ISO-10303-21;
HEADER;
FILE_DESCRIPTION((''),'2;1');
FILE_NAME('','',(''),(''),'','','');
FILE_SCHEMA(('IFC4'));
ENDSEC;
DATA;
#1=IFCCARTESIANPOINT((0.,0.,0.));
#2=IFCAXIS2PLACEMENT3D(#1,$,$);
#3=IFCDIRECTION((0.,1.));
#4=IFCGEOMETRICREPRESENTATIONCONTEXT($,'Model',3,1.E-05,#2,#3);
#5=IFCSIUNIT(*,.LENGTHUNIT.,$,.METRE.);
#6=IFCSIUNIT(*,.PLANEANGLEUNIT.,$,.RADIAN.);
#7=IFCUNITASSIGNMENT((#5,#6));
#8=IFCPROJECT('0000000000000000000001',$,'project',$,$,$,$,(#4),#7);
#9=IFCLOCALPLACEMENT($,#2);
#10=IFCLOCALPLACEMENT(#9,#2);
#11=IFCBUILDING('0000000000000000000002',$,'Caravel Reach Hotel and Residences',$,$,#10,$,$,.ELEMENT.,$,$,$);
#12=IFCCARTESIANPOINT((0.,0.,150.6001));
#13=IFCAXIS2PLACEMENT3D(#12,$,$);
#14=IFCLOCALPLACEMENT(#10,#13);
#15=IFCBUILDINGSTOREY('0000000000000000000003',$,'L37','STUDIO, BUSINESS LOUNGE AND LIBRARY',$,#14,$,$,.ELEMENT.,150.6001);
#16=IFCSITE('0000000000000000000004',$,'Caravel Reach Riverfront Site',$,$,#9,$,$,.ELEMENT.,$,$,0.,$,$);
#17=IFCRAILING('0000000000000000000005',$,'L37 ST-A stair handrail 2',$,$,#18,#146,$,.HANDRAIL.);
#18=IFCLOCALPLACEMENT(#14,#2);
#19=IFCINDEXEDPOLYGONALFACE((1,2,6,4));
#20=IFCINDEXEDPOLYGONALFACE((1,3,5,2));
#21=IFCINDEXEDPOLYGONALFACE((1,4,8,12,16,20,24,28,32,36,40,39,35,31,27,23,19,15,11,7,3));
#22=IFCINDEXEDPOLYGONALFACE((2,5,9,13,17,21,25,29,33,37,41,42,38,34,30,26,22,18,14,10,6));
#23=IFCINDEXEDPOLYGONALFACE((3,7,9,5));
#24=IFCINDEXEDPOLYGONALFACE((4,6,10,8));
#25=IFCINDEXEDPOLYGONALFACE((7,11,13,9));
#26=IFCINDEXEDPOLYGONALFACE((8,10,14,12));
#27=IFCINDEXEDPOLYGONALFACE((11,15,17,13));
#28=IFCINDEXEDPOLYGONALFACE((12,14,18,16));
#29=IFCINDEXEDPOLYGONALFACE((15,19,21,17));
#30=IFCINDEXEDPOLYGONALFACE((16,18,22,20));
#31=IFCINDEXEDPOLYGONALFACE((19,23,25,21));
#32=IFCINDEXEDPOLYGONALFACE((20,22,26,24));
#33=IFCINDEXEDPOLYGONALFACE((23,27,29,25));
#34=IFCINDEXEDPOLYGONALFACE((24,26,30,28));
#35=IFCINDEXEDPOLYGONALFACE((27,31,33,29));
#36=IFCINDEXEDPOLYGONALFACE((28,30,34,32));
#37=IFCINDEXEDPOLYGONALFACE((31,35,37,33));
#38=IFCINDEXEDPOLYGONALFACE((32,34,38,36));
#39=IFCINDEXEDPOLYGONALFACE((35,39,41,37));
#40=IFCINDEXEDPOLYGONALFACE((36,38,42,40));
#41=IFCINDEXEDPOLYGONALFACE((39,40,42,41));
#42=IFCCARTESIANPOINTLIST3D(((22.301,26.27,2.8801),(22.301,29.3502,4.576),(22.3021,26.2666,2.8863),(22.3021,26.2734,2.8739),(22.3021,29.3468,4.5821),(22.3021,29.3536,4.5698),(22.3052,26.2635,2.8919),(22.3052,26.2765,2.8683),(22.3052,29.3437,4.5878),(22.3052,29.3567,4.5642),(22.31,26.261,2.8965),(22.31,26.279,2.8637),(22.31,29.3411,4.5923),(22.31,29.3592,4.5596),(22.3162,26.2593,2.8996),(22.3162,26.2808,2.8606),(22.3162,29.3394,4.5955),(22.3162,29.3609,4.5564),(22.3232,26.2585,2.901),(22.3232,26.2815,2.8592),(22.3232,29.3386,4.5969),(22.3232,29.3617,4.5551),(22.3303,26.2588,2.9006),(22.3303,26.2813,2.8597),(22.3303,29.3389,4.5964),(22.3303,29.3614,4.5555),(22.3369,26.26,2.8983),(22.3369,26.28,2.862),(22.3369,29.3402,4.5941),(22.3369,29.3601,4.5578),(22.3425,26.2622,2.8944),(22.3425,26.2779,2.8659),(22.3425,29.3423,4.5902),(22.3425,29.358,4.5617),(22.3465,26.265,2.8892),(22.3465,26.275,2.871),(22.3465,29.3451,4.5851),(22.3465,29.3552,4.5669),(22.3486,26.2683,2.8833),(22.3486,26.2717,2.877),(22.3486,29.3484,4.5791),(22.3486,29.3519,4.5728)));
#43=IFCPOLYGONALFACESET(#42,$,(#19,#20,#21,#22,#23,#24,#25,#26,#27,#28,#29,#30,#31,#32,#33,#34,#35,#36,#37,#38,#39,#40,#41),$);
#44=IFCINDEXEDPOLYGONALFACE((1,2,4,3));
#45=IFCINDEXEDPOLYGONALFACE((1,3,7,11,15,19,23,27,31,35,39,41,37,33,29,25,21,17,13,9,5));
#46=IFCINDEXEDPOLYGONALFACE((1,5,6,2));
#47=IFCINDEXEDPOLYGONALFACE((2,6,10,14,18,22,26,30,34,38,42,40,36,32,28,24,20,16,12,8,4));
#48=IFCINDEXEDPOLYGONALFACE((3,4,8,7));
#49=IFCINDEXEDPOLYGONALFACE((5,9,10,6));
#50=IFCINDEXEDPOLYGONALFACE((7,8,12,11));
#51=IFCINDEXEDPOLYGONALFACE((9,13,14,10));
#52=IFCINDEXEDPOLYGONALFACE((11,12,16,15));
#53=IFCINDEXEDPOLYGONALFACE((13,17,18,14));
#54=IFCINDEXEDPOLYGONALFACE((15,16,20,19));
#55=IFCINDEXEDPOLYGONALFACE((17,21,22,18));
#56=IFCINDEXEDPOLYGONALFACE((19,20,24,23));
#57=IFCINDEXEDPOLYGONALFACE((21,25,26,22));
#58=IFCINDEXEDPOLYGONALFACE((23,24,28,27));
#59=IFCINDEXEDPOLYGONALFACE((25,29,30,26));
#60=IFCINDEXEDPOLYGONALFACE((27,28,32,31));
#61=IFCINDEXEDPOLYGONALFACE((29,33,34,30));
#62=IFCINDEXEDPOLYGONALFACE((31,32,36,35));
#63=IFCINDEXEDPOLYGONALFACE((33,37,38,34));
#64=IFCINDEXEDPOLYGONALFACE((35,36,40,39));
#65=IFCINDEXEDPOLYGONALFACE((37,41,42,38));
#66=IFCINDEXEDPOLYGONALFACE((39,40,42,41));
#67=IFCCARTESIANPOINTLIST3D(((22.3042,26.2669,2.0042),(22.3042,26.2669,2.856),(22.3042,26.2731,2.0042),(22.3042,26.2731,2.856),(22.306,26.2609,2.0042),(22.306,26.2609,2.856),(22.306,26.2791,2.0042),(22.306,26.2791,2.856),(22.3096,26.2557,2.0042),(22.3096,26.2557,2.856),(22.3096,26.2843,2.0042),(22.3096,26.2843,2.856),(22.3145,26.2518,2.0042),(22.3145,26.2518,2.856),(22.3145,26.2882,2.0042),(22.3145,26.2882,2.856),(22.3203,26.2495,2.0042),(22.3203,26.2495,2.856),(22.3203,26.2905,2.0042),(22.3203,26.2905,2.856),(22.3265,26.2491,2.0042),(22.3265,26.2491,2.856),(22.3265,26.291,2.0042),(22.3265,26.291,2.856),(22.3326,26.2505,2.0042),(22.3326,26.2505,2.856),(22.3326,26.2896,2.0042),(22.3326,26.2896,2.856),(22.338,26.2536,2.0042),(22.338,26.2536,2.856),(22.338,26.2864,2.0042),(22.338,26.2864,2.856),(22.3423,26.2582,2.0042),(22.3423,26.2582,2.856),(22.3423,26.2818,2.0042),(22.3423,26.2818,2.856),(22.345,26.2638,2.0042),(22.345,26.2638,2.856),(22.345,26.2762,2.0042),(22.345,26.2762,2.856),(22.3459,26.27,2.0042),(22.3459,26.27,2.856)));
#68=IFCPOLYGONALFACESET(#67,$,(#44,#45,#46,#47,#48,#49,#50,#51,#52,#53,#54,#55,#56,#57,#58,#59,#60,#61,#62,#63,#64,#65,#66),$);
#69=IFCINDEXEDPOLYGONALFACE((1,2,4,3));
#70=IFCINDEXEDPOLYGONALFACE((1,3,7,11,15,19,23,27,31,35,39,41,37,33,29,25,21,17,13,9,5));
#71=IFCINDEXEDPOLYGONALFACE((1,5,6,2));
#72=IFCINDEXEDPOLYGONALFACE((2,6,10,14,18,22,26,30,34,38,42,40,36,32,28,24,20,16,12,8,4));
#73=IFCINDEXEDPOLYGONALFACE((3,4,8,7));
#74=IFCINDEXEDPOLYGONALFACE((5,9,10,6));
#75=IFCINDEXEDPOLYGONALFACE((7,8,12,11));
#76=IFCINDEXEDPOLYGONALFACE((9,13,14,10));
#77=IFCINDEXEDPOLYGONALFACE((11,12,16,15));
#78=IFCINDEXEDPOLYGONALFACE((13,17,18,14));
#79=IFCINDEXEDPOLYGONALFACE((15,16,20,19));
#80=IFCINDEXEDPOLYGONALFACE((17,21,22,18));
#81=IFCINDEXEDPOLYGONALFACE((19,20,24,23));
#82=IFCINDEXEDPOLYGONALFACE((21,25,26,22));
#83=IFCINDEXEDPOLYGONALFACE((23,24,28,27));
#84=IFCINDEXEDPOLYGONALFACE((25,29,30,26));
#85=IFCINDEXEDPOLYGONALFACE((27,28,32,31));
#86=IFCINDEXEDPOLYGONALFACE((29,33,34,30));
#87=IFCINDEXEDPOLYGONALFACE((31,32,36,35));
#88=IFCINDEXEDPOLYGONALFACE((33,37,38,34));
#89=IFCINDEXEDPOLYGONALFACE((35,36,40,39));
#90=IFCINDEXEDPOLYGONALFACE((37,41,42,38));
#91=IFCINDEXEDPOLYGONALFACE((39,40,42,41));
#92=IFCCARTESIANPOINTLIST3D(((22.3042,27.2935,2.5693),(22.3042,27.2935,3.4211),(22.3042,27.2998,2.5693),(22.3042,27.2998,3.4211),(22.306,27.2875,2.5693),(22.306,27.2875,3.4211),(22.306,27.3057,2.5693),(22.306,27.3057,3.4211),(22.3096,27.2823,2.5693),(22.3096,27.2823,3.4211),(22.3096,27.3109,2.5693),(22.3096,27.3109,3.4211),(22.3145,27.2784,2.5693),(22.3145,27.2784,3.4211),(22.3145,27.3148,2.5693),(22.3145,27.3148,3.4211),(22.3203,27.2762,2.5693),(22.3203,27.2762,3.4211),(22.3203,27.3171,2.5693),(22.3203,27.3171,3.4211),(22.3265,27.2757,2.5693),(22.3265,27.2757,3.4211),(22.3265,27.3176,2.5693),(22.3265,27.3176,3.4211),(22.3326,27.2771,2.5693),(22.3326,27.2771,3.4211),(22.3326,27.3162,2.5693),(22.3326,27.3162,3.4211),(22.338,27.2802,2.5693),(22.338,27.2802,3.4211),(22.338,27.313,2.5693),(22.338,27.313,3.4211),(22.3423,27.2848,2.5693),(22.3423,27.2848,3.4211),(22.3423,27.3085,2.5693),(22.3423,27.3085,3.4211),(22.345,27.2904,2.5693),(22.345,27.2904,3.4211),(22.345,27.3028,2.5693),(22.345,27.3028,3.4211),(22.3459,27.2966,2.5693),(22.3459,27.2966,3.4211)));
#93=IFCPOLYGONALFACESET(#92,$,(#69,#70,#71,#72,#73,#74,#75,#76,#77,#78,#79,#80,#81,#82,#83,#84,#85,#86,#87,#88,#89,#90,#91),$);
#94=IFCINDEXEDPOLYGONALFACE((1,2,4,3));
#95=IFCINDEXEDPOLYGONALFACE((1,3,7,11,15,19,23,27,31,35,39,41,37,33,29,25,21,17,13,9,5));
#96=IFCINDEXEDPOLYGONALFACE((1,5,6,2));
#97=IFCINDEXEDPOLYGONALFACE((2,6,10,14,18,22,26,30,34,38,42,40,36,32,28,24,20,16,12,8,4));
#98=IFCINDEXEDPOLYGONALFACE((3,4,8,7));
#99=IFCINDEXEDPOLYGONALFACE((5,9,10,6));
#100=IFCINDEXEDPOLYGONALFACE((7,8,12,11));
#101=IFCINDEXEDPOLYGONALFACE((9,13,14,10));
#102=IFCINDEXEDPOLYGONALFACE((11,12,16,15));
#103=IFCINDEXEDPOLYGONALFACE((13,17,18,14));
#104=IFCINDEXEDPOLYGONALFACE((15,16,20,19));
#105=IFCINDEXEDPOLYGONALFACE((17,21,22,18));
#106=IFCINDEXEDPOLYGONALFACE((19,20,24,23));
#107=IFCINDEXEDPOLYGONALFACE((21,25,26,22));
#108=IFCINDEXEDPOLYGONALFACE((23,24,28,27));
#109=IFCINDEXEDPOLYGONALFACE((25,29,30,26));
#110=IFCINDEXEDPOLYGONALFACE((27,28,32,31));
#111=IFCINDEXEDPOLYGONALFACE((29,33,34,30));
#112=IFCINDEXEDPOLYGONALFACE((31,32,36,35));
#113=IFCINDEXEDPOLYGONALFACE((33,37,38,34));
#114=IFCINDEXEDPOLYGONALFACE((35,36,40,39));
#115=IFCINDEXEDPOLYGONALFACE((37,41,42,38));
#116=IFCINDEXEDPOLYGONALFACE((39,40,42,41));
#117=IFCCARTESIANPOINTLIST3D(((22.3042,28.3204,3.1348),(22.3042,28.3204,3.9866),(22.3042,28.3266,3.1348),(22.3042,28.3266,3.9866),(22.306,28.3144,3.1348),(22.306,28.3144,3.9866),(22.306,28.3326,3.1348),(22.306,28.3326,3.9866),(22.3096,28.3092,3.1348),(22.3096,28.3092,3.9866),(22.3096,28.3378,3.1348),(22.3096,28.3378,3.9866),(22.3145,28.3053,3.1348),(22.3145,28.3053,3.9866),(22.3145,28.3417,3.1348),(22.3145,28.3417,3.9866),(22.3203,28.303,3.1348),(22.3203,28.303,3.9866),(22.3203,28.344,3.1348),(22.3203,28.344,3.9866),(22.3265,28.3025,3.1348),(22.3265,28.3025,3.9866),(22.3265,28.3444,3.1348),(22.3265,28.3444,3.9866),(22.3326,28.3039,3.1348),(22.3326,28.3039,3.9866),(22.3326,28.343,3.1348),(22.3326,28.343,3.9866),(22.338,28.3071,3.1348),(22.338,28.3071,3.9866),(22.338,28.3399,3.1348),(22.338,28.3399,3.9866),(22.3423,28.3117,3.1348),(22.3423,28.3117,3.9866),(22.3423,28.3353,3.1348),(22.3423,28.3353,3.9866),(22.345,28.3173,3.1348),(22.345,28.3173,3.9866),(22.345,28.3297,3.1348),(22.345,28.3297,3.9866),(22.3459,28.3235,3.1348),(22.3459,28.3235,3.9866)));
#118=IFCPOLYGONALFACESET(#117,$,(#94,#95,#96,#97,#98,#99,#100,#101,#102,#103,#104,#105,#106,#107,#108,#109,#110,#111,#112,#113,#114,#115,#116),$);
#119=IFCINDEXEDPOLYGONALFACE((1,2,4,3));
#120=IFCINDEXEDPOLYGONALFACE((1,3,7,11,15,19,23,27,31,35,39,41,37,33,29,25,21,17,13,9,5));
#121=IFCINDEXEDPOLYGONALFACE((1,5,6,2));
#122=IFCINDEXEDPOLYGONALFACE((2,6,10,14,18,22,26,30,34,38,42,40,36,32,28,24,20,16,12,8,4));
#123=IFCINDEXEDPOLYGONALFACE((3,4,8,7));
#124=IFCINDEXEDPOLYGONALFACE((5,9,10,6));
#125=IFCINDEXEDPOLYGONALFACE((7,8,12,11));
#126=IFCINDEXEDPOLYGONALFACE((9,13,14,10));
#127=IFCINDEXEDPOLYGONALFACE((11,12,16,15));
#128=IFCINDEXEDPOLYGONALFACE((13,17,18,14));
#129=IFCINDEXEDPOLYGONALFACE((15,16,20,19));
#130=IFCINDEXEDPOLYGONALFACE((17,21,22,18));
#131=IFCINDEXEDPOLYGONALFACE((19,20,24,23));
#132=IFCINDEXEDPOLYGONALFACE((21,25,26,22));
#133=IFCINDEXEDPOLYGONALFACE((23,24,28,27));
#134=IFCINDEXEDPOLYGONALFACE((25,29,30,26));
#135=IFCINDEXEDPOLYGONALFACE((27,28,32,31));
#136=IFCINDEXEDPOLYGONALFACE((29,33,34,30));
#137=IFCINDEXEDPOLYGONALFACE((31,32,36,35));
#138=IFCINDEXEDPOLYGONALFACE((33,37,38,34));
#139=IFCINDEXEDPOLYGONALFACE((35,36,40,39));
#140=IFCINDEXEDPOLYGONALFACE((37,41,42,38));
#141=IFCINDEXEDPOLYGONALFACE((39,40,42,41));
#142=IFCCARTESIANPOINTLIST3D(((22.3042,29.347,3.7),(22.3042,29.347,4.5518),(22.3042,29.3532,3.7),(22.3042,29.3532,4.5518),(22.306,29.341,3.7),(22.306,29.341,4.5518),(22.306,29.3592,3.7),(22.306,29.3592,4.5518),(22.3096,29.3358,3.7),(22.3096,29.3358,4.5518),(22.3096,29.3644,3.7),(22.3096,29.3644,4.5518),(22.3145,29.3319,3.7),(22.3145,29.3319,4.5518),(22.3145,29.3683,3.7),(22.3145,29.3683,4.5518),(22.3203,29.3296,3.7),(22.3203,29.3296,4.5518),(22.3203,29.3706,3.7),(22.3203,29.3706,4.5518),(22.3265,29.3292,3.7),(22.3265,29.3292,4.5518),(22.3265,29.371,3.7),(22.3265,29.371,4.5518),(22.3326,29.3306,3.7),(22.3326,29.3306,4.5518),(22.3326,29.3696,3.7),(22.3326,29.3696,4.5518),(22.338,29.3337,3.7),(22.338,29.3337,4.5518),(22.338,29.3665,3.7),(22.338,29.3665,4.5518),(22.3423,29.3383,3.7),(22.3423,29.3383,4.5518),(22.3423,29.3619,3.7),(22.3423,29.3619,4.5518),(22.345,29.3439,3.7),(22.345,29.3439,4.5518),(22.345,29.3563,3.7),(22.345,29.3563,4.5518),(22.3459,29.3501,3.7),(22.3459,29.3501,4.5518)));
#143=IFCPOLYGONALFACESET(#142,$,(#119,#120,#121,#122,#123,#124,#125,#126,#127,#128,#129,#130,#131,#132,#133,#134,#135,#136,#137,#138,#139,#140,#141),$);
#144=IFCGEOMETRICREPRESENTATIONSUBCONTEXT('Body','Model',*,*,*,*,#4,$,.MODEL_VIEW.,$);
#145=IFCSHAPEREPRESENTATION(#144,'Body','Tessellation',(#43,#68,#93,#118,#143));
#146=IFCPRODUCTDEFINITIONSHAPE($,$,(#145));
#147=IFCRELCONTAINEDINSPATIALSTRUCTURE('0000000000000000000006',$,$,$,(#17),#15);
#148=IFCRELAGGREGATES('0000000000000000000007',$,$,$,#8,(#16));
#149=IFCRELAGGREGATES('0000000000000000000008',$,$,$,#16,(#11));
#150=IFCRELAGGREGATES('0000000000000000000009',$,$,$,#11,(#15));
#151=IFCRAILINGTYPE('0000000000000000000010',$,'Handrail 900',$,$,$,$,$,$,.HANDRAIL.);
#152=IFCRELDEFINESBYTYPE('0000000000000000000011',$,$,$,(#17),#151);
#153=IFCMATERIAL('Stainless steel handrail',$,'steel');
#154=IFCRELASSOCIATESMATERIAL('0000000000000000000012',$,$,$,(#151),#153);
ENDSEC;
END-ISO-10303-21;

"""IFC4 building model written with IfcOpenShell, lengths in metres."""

from ifc_helpers import new_model, si_unit, direction, frame, origin, origin_2d, place, context, subcontext, project, spatial, circle, extrude, material, type_object, element, save


model = new_model("IFC4")

# Units and contexts
model_context = context("Model", 3, precision=1e-05, world=origin(), true_north=direction((0.0, 1.0)))
body_context = subcontext(model_context, "Body", "Model", "MODEL_VIEW")
ifc_project = project(units=[si_unit("LENGTHUNIT", "METRE"), si_unit("PLANEANGLEUNIT", "RADIAN")], contexts=[model_context])

# Site, building, storey
site_placement = place(None, origin())
site = spatial("IfcSite", under=ifc_project, at=site_placement, Name="Caravel Reach Riverfront Site", CompositionType="ELEMENT", RefElevation=0.0)
building_placement = place(site_placement, origin())
building = spatial("IfcBuilding", under=site, at=building_placement, Name="Caravel Reach Hotel and Residences", CompositionType="ELEMENT")
storey_placement = place(building_placement, frame((0.0, 0.0, 150.6001)))
storey = spatial("IfcBuildingStorey", under=building, at=storey_placement, Name="L37", Description="STUDIO, BUSINESS LOUNGE AND LIBRARY", CompositionType="ELEMENT", Elevation=150.6001)

# Railing
ifc_material_1 = material(Name="Stainless steel handrail", Category="steel")
railing_type_1 = type_object("IfcRailingType", Name="Handrail 900", PredefinedType="HANDRAIL", material=ifc_material_1)
railing_1_placement = place(storey_placement, frame((22.325, 26.27, 2.0042)))
element("IfcRailing", 1, at=railing_1_placement, inside=storey, type_object=railing_type_1, Name="L37 ST-A stair handrail 2", PredefinedType="HANDRAIL", context=body_context, shape_type="SweptSolid", body=[
    extrude(circle(Radius=0.0239, at=origin_2d()), frame((0.0, 0.0, 0.876), z_axis=(0.0, 0.876005, 0.482303), x_axis=(-1.0, 0.0, 0.0)), (0.0, 0.0, 1.0), 3.5161),
    extrude(circle(Radius=0.021, at=origin_2d()), origin(), (0.0, 0.0, 1.0), 0.8518),
    extrude(circle(Radius=0.021, at=origin_2d()), frame((0.0, 1.0266, 0.5652)), (0.0, 0.0, 1.0), 0.8518),
    extrude(circle(Radius=0.021, at=origin_2d()), frame((0.0, 2.0535, 1.1306)), (0.0, 0.0, 1.0), 0.8518),
    extrude(circle(Radius=0.021, at=origin_2d()), frame((0.0, 3.0801, 1.6958)), (0.0, 0.0, 1.0), 0.8518),
])

save(model, "model.ifc")
